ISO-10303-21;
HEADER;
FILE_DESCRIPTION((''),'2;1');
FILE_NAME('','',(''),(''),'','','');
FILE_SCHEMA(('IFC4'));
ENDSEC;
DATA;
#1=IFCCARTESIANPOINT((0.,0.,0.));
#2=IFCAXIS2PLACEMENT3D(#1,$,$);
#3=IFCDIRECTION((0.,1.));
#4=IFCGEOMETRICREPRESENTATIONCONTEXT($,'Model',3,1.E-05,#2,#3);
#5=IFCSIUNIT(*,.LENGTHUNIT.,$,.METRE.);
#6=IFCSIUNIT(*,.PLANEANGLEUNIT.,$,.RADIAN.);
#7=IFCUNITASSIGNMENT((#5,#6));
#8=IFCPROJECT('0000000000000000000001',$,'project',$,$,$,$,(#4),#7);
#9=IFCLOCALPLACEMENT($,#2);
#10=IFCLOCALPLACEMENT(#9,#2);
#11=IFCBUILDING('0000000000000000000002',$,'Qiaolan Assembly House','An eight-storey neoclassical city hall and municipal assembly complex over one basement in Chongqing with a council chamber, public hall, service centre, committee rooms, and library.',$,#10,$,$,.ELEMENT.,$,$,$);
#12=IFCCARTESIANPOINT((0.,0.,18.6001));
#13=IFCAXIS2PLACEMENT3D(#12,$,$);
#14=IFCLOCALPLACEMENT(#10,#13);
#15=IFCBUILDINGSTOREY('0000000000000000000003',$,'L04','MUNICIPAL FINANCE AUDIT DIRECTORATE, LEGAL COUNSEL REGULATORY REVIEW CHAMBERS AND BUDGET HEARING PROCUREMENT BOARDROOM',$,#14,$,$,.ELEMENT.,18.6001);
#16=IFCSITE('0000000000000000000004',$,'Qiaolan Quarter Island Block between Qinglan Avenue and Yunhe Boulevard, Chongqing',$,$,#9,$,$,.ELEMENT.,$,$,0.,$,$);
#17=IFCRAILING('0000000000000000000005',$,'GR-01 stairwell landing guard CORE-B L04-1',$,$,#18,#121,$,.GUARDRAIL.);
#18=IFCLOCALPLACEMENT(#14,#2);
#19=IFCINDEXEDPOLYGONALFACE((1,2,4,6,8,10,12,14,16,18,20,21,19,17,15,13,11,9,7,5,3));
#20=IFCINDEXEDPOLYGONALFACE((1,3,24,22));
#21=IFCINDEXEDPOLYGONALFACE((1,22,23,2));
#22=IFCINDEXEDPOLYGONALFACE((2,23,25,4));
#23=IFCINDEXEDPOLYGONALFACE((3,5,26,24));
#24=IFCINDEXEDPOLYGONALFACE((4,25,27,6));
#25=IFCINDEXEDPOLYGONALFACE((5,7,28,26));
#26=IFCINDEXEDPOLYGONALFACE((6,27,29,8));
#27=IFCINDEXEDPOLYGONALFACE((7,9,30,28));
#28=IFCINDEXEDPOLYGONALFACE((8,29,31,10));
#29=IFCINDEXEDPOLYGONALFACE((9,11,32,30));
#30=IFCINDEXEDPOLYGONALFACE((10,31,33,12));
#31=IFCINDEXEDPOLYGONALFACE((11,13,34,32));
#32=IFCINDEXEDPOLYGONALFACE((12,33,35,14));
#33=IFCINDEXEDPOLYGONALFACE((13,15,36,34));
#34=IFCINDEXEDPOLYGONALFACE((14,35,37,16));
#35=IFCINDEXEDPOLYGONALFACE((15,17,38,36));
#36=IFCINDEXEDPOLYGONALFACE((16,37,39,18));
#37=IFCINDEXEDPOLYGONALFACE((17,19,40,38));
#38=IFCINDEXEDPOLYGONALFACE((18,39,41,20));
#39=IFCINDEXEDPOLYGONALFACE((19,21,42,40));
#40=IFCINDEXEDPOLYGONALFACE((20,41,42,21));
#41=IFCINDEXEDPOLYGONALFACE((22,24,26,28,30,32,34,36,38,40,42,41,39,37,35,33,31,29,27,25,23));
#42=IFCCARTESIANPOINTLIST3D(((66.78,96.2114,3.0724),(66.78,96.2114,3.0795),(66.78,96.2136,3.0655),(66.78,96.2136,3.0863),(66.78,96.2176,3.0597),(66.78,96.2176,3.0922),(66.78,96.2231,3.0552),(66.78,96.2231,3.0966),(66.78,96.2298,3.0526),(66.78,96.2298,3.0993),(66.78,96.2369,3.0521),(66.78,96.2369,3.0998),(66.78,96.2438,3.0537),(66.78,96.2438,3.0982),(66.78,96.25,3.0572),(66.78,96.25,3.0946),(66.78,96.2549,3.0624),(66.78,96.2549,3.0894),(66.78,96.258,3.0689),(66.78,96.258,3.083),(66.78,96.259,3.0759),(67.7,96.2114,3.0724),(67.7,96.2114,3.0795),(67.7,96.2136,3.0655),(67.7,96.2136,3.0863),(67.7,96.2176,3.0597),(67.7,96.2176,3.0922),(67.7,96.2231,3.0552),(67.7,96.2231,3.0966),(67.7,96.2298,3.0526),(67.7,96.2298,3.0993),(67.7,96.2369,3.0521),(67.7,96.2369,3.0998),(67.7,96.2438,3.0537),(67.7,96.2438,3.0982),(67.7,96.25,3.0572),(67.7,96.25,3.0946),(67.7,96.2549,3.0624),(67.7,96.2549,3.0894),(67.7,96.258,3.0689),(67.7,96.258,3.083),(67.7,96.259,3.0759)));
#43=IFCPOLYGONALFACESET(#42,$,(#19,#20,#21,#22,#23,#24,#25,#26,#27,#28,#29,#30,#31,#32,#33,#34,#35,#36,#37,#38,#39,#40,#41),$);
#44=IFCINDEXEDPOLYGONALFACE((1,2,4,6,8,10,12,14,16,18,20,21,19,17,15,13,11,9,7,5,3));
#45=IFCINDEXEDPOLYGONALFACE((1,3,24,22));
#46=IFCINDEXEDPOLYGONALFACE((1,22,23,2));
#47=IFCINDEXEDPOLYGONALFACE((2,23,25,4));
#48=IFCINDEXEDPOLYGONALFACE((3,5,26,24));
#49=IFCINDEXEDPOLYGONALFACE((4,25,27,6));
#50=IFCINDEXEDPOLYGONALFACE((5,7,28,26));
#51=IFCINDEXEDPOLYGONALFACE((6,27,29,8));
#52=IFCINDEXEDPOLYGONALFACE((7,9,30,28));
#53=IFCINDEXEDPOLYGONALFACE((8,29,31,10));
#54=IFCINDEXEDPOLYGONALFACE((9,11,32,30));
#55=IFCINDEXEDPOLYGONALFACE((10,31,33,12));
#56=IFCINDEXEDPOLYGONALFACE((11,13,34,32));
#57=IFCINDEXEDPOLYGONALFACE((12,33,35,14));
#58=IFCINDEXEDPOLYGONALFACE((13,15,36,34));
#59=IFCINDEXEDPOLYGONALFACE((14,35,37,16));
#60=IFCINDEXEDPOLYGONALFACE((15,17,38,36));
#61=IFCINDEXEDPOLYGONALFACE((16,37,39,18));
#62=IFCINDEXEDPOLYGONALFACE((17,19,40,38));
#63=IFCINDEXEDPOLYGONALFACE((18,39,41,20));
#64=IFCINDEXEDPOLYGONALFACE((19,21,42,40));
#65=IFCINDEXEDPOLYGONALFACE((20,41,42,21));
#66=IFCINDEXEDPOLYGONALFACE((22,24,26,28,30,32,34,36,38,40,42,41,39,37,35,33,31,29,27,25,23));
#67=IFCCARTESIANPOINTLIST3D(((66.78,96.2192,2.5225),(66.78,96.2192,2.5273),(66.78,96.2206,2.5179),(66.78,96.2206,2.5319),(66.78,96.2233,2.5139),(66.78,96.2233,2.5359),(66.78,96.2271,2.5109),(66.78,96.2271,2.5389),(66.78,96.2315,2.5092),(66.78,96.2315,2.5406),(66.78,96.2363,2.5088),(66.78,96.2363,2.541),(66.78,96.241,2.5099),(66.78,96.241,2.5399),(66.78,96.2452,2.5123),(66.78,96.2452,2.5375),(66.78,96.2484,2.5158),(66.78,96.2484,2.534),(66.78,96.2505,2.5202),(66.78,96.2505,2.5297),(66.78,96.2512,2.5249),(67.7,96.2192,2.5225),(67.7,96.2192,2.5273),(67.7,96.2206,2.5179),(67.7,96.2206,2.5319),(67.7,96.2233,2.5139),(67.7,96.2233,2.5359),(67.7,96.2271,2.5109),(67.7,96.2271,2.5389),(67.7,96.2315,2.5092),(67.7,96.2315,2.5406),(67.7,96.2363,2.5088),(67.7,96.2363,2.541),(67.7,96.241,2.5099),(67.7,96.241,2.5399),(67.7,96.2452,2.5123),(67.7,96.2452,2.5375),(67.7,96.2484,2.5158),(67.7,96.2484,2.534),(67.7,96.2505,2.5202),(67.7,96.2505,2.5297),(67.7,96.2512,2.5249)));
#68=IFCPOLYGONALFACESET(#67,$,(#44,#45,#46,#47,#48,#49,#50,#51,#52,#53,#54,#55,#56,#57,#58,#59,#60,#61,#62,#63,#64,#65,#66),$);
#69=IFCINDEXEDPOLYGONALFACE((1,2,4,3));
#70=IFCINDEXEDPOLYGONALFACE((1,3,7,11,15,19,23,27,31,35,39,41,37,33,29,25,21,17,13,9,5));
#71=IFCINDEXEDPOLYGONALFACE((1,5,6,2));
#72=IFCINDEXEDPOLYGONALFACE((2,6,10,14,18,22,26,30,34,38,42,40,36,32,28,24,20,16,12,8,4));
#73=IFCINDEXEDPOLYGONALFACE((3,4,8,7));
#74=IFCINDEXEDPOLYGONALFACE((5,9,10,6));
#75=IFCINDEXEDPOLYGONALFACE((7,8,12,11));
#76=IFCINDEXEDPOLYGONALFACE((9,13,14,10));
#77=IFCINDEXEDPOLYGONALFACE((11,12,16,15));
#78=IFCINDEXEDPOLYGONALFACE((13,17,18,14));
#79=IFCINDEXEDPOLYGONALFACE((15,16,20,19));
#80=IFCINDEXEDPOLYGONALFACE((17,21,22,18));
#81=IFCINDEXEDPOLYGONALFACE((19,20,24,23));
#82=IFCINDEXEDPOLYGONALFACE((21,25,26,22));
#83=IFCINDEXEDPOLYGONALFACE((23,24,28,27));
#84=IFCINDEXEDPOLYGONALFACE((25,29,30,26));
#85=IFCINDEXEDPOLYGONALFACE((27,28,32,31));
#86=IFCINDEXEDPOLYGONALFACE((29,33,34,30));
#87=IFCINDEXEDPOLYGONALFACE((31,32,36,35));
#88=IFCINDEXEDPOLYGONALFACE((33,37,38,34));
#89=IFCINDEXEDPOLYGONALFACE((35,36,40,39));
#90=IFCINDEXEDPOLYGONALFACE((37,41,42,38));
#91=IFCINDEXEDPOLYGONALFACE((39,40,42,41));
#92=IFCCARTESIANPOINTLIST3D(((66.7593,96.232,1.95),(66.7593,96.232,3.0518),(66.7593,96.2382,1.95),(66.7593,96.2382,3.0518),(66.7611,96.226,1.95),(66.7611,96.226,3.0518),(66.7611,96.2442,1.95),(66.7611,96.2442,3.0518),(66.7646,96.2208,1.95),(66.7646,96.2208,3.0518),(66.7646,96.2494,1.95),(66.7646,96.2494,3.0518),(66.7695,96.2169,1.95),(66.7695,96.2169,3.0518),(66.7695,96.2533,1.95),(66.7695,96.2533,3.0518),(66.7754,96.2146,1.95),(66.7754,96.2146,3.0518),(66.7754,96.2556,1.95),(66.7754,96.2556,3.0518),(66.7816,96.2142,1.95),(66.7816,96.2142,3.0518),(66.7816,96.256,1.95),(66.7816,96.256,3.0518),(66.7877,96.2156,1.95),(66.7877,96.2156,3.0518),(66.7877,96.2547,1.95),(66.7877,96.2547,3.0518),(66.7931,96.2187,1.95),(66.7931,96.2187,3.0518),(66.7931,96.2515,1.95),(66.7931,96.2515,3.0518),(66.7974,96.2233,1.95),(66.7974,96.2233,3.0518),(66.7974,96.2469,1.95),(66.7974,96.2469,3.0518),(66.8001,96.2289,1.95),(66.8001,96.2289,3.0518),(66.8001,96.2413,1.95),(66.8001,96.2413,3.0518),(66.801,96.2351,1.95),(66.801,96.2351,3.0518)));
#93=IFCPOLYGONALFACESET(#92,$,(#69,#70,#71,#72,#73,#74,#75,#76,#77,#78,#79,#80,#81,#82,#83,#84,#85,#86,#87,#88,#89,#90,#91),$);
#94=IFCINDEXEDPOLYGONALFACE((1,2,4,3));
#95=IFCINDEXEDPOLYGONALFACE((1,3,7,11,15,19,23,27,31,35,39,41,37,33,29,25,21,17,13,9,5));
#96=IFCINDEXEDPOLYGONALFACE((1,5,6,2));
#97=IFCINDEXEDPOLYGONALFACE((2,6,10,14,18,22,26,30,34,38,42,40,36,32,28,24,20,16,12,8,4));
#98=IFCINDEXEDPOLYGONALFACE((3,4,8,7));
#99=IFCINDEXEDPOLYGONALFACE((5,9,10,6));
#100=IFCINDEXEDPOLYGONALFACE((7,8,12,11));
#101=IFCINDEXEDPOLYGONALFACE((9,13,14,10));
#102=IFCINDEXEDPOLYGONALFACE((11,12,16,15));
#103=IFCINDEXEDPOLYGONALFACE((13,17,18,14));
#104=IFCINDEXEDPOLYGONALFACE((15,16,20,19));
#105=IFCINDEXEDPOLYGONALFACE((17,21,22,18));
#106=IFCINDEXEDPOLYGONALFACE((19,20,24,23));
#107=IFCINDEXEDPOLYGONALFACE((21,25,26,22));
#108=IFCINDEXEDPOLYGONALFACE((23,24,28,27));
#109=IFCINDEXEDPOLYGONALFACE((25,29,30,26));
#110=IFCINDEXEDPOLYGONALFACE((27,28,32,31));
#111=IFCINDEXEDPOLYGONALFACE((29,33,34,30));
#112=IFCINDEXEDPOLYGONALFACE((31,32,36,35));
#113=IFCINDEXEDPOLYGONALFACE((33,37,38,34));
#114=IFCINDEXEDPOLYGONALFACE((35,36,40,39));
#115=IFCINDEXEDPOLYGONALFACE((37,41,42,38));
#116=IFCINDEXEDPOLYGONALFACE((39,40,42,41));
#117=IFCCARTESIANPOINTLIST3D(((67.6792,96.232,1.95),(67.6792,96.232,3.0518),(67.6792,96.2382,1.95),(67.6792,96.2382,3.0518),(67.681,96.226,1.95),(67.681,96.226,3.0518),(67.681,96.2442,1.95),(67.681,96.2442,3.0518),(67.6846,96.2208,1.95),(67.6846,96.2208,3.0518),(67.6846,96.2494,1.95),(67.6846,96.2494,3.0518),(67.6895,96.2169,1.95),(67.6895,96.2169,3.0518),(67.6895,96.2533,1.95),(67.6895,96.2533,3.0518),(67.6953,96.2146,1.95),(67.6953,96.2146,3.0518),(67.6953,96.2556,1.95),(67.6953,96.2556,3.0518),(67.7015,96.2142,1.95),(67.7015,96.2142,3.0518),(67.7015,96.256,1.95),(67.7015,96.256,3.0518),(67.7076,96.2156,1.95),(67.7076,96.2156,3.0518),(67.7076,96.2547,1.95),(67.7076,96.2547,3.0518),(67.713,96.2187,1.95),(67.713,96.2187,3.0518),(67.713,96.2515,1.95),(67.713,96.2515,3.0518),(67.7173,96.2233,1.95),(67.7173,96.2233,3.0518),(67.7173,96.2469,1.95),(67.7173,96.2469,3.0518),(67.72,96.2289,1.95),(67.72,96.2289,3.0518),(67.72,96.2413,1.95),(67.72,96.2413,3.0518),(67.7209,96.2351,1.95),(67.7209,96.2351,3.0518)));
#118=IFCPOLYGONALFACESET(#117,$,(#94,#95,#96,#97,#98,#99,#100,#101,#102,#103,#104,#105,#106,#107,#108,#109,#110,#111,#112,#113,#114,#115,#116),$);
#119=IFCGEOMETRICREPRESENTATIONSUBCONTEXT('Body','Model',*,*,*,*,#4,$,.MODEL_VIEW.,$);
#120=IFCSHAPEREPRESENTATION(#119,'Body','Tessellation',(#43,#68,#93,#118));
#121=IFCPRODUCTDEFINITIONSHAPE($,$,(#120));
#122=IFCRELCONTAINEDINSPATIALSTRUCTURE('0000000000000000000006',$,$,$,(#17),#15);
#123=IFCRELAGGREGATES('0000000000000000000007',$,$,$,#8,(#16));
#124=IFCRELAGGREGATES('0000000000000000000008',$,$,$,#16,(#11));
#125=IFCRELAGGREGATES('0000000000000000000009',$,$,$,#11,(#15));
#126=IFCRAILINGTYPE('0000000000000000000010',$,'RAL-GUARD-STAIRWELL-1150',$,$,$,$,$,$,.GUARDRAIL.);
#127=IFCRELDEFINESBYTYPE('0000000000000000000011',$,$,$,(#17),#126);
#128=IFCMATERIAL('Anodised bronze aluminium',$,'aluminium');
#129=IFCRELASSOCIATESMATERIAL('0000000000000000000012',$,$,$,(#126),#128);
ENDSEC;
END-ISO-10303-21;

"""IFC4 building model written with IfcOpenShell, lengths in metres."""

from ifc_helpers import new_model, si_unit, direction, frame, origin, origin_2d, place, context, subcontext, project, spatial, circle, extrude, material, type_object, element, save


model = new_model("IFC4")

# Units and contexts
model_context = context("Model", 3, precision=1e-05, world=origin(), true_north=direction((0.0, 1.0)))
body_context = subcontext(model_context, "Body", "Model", "MODEL_VIEW")
ifc_project = project(units=[si_unit("LENGTHUNIT", "METRE"), si_unit("PLANEANGLEUNIT", "RADIAN")], contexts=[model_context])

# Site, building, storey
site_placement = place(None, origin())
site = spatial("IfcSite", under=ifc_project, at=site_placement, Name="Qiaolan Quarter Island Block between Qinglan Avenue and Yunhe Boulevard, Chongqing", CompositionType="ELEMENT", RefElevation=0.0)
building_placement = place(site_placement, origin())
building = spatial("IfcBuilding", under=site, at=building_placement, Name="Qiaolan Assembly House", Description="An eight-storey neoclassical city hall and municipal assembly complex over one basement in Chongqing with a council chamber, public hall, service centre, committee rooms, and library.", CompositionType="ELEMENT")
storey_placement = place(building_placement, frame((0.0, 0.0, 18.6001)))
storey = spatial("IfcBuildingStorey", under=building, at=storey_placement, Name="L04", Description="MUNICIPAL FINANCE AUDIT DIRECTORATE, LEGAL COUNSEL REGULATORY REVIEW CHAMBERS AND BUDGET HEARING PROCUREMENT BOARDROOM", CompositionType="ELEMENT", Elevation=18.6001)

# Railing
ifc_material_1 = material(Name="Anodised bronze aluminium", Category="aluminium")
railing_type_1 = type_object("IfcRailingType", Name="RAL-GUARD-STAIRWELL-1150", PredefinedType="GUARDRAIL", material=ifc_material_1)
for number, where, name in (
    (1, (66.78, 96.2351, 1.95), "GR-01 stairwell landing guard CORE-B L04-1"),
):
    element("IfcRailing", number, at=place(storey_placement, frame(where)), inside=storey, type_object=railing_type_1, Name=name, PredefinedType="GUARDRAIL", context=body_context, shape_type="SweptSolid", body=[
        extrude(circle(Radius=0.0239, at=origin_2d()), frame((0.0, 0.0, 1.126), z_axis=(1.0, 0.0, 0.0), x_axis=(0.0, 1.0, 0.0)), (0.0, 0.0, 1.0), 0.9199),
        extrude(circle(Radius=0.0161, at=origin_2d()), frame((0.0, 0.0, 0.575), z_axis=(1.0, 0.0, 0.0), x_axis=(0.0, 1.0, 0.0)), (0.0, 0.0, 1.0), 0.9199),
        extrude(circle(Radius=0.021, at=origin_2d()), origin(), (0.0, 0.0, 1.0), 1.1018),
        extrude(circle(Radius=0.021, at=origin_2d()), frame((0.9199, 0.0, 0.0)), (0.0, 0.0, 1.0), 1.1018),
    ])

save(model, "model.ifc")
